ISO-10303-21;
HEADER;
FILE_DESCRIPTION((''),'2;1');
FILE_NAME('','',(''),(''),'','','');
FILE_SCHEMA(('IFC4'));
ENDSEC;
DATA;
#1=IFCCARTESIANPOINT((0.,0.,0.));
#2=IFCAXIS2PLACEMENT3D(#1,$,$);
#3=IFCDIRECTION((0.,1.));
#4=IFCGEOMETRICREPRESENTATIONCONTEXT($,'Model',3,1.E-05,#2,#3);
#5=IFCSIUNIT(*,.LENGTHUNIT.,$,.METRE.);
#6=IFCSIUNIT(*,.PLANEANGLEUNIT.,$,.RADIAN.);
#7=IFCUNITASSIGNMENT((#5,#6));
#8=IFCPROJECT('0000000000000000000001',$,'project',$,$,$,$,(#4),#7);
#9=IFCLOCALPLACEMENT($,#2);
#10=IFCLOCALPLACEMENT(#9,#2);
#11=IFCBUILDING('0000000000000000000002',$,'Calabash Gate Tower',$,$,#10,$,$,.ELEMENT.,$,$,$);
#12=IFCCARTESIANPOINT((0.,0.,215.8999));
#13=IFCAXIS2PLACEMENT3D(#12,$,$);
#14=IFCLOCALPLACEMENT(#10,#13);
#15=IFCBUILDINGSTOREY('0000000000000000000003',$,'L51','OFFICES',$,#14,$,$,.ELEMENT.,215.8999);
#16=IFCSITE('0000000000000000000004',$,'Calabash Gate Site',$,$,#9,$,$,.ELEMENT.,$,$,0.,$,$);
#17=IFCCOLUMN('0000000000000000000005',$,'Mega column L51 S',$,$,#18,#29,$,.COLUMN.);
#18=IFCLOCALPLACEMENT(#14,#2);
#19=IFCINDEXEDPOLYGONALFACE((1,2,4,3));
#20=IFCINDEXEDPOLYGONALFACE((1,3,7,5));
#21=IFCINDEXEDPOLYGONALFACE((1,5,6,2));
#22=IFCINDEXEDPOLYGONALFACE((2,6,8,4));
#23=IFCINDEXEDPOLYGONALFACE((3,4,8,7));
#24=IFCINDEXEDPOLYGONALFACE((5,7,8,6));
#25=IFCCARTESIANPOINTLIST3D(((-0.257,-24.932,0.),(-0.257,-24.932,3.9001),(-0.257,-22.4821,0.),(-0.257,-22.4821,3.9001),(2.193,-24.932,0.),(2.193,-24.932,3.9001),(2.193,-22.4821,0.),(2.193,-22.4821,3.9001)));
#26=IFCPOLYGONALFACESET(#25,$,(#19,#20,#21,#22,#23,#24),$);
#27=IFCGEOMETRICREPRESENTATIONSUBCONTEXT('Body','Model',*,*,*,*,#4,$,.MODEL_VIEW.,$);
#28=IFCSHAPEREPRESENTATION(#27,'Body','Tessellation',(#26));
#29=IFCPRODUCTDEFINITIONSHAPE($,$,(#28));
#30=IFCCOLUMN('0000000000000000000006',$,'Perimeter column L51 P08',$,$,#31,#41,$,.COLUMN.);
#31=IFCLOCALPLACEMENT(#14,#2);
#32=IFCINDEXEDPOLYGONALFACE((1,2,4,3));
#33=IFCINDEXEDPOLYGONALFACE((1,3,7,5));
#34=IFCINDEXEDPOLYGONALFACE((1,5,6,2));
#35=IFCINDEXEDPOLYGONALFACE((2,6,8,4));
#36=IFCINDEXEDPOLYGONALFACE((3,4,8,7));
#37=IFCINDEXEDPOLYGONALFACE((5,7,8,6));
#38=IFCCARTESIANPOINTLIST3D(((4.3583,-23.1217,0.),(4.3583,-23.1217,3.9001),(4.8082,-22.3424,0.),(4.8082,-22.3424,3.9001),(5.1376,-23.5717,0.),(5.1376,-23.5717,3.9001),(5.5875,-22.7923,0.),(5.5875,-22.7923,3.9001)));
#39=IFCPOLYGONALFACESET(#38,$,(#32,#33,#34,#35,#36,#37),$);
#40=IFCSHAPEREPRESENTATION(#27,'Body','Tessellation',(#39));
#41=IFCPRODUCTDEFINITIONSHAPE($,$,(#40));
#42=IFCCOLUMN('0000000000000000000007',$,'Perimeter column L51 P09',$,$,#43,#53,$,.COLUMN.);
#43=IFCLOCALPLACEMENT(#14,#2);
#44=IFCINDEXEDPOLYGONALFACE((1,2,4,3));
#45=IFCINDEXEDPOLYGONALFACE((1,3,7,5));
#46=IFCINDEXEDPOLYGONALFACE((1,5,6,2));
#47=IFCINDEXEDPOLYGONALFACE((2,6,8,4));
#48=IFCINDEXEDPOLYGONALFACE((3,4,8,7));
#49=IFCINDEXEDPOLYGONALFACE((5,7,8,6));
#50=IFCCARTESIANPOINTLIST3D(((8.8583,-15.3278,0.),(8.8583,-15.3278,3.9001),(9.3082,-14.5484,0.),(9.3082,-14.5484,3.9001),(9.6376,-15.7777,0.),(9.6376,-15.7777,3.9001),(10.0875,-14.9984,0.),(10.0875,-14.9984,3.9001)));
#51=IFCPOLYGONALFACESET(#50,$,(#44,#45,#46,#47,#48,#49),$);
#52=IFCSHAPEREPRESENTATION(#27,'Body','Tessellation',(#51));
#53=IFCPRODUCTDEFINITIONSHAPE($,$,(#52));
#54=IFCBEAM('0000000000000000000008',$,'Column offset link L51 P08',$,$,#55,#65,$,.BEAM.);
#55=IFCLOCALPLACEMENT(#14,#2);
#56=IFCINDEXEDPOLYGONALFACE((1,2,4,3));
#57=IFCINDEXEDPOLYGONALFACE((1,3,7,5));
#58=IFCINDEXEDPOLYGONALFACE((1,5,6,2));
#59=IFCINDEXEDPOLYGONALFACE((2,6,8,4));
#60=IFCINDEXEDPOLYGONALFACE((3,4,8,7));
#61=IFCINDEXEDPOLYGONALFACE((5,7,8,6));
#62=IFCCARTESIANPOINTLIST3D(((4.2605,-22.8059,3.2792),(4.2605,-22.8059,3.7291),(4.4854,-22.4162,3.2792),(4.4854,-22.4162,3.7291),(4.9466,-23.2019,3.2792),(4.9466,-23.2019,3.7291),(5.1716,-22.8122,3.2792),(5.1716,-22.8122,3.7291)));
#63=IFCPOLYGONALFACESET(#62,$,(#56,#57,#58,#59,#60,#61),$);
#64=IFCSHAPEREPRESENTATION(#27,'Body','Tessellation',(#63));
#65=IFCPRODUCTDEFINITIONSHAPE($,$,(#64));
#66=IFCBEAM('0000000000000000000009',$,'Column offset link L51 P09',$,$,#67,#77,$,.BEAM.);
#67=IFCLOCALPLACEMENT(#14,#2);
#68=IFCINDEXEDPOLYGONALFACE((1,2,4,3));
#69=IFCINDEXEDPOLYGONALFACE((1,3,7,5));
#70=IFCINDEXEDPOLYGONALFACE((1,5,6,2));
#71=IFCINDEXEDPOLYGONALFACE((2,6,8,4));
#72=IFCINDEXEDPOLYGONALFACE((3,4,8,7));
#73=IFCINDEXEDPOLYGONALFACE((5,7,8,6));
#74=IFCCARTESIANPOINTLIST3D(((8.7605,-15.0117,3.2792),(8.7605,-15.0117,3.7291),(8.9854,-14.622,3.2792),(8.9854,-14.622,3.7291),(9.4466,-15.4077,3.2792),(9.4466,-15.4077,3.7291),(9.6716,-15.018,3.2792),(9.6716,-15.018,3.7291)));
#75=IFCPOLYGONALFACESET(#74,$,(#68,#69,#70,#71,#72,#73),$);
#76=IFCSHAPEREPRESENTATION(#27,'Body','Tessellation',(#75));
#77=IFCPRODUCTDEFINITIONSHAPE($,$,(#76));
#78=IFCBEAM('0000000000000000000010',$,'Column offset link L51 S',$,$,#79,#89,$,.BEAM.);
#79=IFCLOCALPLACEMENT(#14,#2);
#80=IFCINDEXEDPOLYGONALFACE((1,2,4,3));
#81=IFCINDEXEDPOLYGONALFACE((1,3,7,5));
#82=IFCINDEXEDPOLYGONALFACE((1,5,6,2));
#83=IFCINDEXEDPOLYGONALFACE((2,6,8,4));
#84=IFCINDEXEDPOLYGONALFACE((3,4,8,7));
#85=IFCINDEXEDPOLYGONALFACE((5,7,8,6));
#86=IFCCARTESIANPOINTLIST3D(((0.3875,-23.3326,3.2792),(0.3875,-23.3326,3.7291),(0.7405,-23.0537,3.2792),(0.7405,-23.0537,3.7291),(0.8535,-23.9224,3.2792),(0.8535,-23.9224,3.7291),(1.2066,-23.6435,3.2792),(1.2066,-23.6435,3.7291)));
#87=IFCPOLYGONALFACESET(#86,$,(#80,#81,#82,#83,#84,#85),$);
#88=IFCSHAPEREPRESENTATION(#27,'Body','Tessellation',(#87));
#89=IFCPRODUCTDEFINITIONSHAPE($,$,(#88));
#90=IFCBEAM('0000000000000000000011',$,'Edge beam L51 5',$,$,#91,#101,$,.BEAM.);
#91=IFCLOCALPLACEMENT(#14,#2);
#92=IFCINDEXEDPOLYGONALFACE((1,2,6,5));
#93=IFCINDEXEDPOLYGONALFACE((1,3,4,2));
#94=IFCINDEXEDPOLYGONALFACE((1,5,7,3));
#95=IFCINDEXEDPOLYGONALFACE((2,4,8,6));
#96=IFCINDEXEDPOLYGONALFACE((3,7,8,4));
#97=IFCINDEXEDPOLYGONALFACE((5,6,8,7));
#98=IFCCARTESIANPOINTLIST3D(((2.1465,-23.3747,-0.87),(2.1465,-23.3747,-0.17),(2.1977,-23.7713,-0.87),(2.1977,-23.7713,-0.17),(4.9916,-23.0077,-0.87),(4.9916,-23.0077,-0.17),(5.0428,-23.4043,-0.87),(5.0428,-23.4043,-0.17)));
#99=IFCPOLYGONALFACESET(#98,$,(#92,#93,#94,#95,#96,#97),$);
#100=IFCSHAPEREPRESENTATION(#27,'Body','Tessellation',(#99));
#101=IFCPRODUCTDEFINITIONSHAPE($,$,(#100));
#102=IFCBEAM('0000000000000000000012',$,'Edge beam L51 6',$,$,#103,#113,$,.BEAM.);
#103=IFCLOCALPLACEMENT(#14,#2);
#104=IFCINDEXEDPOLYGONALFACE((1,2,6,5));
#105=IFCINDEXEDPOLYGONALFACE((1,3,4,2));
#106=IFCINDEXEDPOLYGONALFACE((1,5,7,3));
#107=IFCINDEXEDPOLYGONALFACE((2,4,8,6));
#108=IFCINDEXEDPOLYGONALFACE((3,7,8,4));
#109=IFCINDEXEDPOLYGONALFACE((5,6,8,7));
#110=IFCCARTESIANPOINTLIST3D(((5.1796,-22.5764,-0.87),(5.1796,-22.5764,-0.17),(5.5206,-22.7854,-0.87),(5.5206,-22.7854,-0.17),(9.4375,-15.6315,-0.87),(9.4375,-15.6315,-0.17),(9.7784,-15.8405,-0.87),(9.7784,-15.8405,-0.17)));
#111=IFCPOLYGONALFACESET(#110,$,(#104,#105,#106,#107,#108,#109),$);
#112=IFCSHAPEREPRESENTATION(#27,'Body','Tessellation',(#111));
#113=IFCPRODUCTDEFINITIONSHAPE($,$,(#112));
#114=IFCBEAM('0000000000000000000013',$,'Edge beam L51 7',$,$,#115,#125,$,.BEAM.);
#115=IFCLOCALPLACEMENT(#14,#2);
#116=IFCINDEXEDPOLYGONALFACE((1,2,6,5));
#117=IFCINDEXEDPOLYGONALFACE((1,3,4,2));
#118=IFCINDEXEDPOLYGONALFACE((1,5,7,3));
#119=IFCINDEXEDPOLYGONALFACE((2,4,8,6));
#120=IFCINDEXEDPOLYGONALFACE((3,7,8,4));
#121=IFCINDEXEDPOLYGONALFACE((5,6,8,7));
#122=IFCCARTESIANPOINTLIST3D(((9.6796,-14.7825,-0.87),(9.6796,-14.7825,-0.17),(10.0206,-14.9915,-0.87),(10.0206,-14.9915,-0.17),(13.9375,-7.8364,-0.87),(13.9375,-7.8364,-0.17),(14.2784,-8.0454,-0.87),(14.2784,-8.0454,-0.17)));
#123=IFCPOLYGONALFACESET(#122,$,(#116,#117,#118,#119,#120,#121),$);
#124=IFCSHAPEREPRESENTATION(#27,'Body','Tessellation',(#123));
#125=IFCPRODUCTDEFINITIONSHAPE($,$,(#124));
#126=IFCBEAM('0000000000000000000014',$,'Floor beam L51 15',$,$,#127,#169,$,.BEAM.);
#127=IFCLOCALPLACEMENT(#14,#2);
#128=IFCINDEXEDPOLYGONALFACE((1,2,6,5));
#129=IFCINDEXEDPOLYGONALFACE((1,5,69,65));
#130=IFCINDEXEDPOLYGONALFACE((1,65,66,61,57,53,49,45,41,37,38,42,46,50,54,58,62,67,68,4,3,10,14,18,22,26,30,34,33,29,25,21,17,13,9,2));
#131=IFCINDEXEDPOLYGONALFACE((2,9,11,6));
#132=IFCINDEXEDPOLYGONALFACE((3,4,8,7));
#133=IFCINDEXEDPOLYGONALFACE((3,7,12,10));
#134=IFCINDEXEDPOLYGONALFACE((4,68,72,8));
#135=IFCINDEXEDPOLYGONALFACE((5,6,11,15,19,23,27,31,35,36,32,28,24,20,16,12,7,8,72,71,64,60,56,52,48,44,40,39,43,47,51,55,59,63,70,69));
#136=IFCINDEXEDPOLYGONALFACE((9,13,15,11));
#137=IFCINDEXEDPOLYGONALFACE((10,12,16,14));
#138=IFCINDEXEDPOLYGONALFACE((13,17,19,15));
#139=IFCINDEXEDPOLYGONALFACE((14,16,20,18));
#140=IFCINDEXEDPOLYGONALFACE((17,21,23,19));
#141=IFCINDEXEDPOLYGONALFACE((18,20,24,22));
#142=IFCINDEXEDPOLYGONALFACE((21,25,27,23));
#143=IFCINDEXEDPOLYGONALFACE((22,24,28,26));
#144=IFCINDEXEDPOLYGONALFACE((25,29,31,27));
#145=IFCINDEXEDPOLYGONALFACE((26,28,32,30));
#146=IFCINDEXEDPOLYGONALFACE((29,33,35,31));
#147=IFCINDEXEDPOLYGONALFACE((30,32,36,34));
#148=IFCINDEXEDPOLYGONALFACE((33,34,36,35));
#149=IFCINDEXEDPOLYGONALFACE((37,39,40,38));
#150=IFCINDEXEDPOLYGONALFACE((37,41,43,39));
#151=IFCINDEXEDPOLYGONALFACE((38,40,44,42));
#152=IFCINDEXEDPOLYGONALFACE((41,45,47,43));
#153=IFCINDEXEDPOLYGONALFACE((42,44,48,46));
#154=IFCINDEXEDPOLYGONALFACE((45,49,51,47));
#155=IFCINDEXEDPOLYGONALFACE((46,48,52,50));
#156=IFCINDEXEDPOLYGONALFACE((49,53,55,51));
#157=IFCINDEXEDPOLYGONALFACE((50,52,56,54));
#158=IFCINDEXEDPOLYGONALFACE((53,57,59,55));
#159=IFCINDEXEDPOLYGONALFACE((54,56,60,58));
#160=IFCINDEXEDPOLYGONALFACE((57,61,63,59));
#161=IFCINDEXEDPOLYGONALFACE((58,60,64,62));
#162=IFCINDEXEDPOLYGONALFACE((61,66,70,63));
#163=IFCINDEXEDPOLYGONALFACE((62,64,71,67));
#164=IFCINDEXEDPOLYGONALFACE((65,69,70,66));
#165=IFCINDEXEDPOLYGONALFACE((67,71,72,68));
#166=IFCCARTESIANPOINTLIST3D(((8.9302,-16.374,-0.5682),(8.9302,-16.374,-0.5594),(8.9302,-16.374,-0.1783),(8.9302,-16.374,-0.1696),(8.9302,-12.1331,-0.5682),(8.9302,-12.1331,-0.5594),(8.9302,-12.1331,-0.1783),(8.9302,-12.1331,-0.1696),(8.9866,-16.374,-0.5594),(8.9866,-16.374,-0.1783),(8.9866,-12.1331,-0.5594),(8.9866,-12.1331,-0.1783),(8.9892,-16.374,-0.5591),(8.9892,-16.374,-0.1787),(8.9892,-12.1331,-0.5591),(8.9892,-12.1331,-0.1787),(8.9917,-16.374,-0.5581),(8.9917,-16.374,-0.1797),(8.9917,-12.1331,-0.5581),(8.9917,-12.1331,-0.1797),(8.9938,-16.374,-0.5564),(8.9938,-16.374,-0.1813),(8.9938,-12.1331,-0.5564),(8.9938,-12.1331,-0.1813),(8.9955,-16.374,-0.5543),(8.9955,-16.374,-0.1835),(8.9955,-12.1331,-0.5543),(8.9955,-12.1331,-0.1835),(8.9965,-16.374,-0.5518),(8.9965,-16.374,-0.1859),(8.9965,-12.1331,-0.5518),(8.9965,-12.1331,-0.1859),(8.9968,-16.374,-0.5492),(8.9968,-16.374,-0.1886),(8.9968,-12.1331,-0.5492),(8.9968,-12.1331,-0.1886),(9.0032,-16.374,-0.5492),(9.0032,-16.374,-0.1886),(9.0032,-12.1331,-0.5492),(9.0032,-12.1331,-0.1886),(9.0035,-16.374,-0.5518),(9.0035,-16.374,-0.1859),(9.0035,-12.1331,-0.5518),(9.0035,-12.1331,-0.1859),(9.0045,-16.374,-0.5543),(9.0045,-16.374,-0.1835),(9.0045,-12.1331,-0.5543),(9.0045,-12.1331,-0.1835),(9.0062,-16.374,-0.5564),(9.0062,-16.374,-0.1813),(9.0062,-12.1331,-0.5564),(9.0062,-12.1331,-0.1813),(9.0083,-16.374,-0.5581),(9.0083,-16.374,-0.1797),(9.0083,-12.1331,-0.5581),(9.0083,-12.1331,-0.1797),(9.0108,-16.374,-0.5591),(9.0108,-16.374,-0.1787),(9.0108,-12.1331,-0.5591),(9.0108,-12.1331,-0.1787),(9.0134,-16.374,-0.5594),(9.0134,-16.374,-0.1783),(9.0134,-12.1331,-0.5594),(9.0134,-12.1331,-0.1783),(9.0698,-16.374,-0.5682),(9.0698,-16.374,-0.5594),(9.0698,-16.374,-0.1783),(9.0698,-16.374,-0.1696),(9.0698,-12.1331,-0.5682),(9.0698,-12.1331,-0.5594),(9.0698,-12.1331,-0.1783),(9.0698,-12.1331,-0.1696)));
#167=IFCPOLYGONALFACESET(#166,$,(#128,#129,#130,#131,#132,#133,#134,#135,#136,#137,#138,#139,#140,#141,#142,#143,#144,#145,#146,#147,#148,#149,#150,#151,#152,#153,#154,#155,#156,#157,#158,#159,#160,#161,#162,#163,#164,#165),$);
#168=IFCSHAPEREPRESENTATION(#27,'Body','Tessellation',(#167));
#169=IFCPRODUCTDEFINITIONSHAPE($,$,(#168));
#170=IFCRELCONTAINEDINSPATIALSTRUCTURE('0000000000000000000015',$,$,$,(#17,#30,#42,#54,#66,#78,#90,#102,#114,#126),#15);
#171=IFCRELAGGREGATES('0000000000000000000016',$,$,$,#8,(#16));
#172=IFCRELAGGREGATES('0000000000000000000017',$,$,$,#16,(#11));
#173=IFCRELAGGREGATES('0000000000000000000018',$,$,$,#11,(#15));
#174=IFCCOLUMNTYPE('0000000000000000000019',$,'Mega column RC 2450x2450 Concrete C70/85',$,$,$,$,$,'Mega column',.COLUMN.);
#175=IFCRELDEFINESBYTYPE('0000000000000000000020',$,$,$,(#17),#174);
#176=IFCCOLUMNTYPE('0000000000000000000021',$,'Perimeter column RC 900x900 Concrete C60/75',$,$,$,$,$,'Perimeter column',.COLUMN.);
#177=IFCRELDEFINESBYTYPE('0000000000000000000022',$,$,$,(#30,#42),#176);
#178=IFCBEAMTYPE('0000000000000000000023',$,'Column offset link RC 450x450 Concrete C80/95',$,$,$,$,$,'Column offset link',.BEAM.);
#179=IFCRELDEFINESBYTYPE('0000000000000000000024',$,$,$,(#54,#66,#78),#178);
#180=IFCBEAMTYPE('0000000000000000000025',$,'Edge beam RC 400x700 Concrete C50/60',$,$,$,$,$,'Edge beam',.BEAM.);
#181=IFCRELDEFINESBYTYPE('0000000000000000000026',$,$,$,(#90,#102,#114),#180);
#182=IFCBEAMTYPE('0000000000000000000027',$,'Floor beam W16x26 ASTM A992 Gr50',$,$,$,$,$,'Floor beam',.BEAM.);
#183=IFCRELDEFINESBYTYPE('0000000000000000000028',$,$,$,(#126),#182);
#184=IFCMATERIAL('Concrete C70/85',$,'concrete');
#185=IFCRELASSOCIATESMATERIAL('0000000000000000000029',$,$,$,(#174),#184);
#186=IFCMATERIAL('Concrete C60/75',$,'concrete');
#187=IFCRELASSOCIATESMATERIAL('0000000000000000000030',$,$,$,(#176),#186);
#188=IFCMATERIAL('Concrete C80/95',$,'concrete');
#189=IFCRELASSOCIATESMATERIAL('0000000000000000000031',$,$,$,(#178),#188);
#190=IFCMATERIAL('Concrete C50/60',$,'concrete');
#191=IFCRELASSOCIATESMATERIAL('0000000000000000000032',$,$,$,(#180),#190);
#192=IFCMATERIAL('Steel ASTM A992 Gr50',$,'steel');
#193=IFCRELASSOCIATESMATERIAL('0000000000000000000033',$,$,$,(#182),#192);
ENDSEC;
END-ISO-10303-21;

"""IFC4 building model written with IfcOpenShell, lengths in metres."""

from ifc_helpers import new_model, si_unit, direction, frame, origin, origin_2d, place, context, subcontext, project, spatial, rectangle, i_section, extrude, material, material_profile, profile_set, type_object, element, save


model = new_model("IFC4")

# Units and contexts
model_context = context("Model", 3, precision=1e-05, world=origin(), true_north=direction((0.0, 1.0)))
body_context = subcontext(model_context, "Body", "Model", "MODEL_VIEW")
ifc_project = project(units=[si_unit("LENGTHUNIT", "METRE"), si_unit("PLANEANGLEUNIT", "RADIAN")], contexts=[model_context])

# Site, building, storey
site_placement = place(None, origin())
site = spatial("IfcSite", under=ifc_project, at=site_placement, Name="Calabash Gate Site", CompositionType="ELEMENT", RefElevation=0.0)
building_placement = place(site_placement, origin())
building = spatial("IfcBuilding", under=site, at=building_placement, Name="Calabash Gate Tower", CompositionType="ELEMENT")
storey_placement = place(building_placement, frame((0.0, 0.0, 215.8999)))
storey = spatial("IfcBuildingStorey", under=building, at=storey_placement, Name="L51", Description="OFFICES", CompositionType="ELEMENT", Elevation=215.8999)

# Columns
ifc_material_1 = material(Name="Concrete C70/85", Category="concrete")
ifc_material_profile_1 = material_profile(ifc_material_1, rectangle(XDim=2.45, YDim=2.45, at=origin_2d()))
ifc_profile_set_1 = profile_set([ifc_material_profile_1], Name="Concrete C70/85")
column_type_1 = type_object("IfcColumnType", Name="Mega column RC 2450x2450 Concrete C70/85", ElementType="Mega column", PredefinedType="COLUMN", material=ifc_profile_set_1)
column_placement = place(storey_placement, frame((0.968, -23.707, 0.0), z_axis=(0.0, 0.0, 1.0), x_axis=(0.0, 1.0, 0.0)))
element("IfcColumn", 1, at=column_placement, inside=storey, type_object=column_type_1, Name="Mega column L51 S", PredefinedType="COLUMN", context=body_context, shape_type="SweptSolid", body=[
    extrude(rectangle(XDim=2.45, YDim=2.45, at=origin_2d()), origin(), (0.0, 0.0, 1.0), 3.9001),
])
ifc_material_2 = material(Name="Concrete C60/75", Category="concrete")
ifc_material_profile_2 = material_profile(ifc_material_2, rectangle(XDim=0.8999, YDim=0.8999, at=origin_2d()))
ifc_profile_set_2 = profile_set([ifc_material_profile_2], Name="Concrete C60/75")
column_type_2 = type_object("IfcColumnType", Name="Perimeter column RC 900x900 Concrete C60/75", ElementType="Perimeter column", PredefinedType="COLUMN", material=ifc_profile_set_2)
for number, where, z_axis, x_axis, name in (
    (2, (4.9729, -22.957, 0.0), (0.0, 0.0, 1.0), (0.5, 0.866025, 0.0), "Perimeter column L51 P08"),
    (3, (9.4729, -15.1631, 0.0), (0.0, 0.0, 1.0), (0.5, 0.866025, 0.0), "Perimeter column L51 P09"),
):
    element("IfcColumn", number, at=place(storey_placement, frame(where, z_axis=z_axis, x_axis=x_axis)), inside=storey, type_object=column_type_2, Name=name, PredefinedType="COLUMN", context=body_context, shape_type="SweptSolid", body=[
        extrude(rectangle(XDim=0.8999, YDim=0.8999, at=origin_2d()), origin(), (0.0, 0.0, 1.0), 3.9001),
    ])

# Beams
ifc_material_3 = material(Name="Concrete C80/95", Category="concrete")
ifc_material_profile_3 = material_profile(ifc_material_3, rectangle(XDim=0.45, YDim=0.45, at=origin_2d()))
ifc_profile_set_3 = profile_set([ifc_material_profile_3], Name="Concrete C80/95")
beam_type_1 = type_object("IfcBeamType", Name="Column offset link RC 450x450 Concrete C80/95", ElementType="Column offset link", PredefinedType="BEAM", material=ifc_profile_set_3)
for number, where, z_axis, x_axis, name in (
    (4, (5.0591, -23.0071, 3.5042), (-0.866073, 0.499918, 0.0), (-0.499918, -0.866073, 0.0), "Column offset link L51 P08"),
    (5, (9.5591, -15.2129, 3.5042), (-0.866073, 0.499918, 0.0), (-0.499918, -0.866073, 0.0), "Column offset link L51 P09"),
):
    element("IfcBeam", number, at=place(storey_placement, frame(where, z_axis=z_axis, x_axis=x_axis)), inside=storey, type_object=beam_type_1, Name=name, PredefinedType="BEAM", context=body_context, shape_type="SweptSolid", body=[
        extrude(rectangle(XDim=0.45, YDim=0.45, at=origin_2d()), origin(), (0.0, 0.0, 1.0), 0.7922),
    ])
beam_1_placement = place(storey_placement, frame((1.03, -23.783, 3.5042), z_axis=(-0.619971, 0.784625, 0.0), x_axis=(-0.784625, -0.619971, 0.0)))
element("IfcBeam", 6, at=beam_1_placement, inside=storey, type_object=beam_type_1, Name="Column offset link L51 S", PredefinedType="BEAM", context=body_context, shape_type="SweptSolid", body=[
    extrude(rectangle(XDim=0.45, YDim=0.45, at=origin_2d()), origin(), (0.0, 0.0, 1.0), 0.7517),
])
ifc_material_4 = material(Name="Concrete C50/60", Category="concrete")
ifc_material_profile_4 = material_profile(ifc_material_4, rectangle(XDim=0.3999, YDim=0.7, at=origin_2d()))
ifc_profile_set_4 = profile_set([ifc_material_profile_4], Name="Concrete C50/60")
beam_type_2 = type_object("IfcBeamType", Name="Edge beam RC 400x700 Concrete C50/60", ElementType="Edge beam", PredefinedType="BEAM", material=ifc_profile_set_4)
beam_2_placement = place(storey_placement, frame((2.1721, -23.573, -0.52), z_axis=(0.991784, 0.12792, 0.0), x_axis=(-0.12792, 0.991784, 0.0)))
element("IfcBeam", 7, at=beam_2_placement, inside=storey, type_object=beam_type_2, Name="Edge beam L51 5", PredefinedType="BEAM", context=body_context, shape_type="SweptSolid", body=[
    extrude(rectangle(XDim=0.3999, YDim=0.7, at=origin_2d()), origin(), (0.0, 0.0, 1.0), 2.8687),
])
beam_3_placement = place(storey_placement, frame((5.3501, -22.6809, -0.52), z_axis=(0.522679, 0.85253, 0.0), x_axis=(-0.85253, 0.522679, 0.0)))
element("IfcBeam", 8, at=beam_3_placement, inside=storey, type_object=beam_type_2, Name="Edge beam L51 6", PredefinedType="BEAM", context=body_context, shape_type="SweptSolid", body=[
    extrude(rectangle(XDim=0.3999, YDim=0.7, at=origin_2d()), origin(), (0.0, 0.0, 1.0), 8.1462),
])
beam_4_placement = place(storey_placement, frame((9.8501, -14.887, -0.52), z_axis=(0.522612, 0.852571, 0.0), x_axis=(-0.852571, 0.522612, 0.0)))
element("IfcBeam", 9, at=beam_4_placement, inside=storey, type_object=beam_type_2, Name="Edge beam L51 7", PredefinedType="BEAM", context=body_context, shape_type="SweptSolid", body=[
    extrude(rectangle(XDim=0.3999, YDim=0.7, at=origin_2d()), origin(), (0.0, 0.0, 1.0), 8.1472),
])
ifc_material_5 = material(Name="Steel ASTM A992 Gr50", Category="steel")
ifc_material_profile_5 = material_profile(ifc_material_5, i_section(OverallWidth=0.1396, OverallDepth=0.3987, WebThickness=0.0063, FlangeThickness=0.0088, FilletRadius=0.0103, at=origin_2d()))
ifc_profile_set_5 = profile_set([ifc_material_profile_5], Name="Steel ASTM A992 Gr50")
beam_type_3 = type_object("IfcBeamType", Name="Floor beam W16x26 ASTM A992 Gr50", ElementType="Floor beam", PredefinedType="BEAM", material=ifc_profile_set_5)
beam_5_placement = place(storey_placement, frame((9.0, -16.374, -0.3689), z_axis=(0.0, 1.0, 0.0), x_axis=(-1.0, 0.0, 0.0)))
element("IfcBeam", 10, at=beam_5_placement, inside=storey, type_object=beam_type_3, Name="Floor beam L51 15", PredefinedType="BEAM", context=body_context, shape_type="SweptSolid", body=[
    extrude(i_section(OverallWidth=0.1396, OverallDepth=0.3987, WebThickness=0.0063, FlangeThickness=0.0088, FilletRadius=0.0103, at=origin_2d()), origin(), (0.0, 0.0, 1.0), 4.241),
])

save(model, "model.ifc")
